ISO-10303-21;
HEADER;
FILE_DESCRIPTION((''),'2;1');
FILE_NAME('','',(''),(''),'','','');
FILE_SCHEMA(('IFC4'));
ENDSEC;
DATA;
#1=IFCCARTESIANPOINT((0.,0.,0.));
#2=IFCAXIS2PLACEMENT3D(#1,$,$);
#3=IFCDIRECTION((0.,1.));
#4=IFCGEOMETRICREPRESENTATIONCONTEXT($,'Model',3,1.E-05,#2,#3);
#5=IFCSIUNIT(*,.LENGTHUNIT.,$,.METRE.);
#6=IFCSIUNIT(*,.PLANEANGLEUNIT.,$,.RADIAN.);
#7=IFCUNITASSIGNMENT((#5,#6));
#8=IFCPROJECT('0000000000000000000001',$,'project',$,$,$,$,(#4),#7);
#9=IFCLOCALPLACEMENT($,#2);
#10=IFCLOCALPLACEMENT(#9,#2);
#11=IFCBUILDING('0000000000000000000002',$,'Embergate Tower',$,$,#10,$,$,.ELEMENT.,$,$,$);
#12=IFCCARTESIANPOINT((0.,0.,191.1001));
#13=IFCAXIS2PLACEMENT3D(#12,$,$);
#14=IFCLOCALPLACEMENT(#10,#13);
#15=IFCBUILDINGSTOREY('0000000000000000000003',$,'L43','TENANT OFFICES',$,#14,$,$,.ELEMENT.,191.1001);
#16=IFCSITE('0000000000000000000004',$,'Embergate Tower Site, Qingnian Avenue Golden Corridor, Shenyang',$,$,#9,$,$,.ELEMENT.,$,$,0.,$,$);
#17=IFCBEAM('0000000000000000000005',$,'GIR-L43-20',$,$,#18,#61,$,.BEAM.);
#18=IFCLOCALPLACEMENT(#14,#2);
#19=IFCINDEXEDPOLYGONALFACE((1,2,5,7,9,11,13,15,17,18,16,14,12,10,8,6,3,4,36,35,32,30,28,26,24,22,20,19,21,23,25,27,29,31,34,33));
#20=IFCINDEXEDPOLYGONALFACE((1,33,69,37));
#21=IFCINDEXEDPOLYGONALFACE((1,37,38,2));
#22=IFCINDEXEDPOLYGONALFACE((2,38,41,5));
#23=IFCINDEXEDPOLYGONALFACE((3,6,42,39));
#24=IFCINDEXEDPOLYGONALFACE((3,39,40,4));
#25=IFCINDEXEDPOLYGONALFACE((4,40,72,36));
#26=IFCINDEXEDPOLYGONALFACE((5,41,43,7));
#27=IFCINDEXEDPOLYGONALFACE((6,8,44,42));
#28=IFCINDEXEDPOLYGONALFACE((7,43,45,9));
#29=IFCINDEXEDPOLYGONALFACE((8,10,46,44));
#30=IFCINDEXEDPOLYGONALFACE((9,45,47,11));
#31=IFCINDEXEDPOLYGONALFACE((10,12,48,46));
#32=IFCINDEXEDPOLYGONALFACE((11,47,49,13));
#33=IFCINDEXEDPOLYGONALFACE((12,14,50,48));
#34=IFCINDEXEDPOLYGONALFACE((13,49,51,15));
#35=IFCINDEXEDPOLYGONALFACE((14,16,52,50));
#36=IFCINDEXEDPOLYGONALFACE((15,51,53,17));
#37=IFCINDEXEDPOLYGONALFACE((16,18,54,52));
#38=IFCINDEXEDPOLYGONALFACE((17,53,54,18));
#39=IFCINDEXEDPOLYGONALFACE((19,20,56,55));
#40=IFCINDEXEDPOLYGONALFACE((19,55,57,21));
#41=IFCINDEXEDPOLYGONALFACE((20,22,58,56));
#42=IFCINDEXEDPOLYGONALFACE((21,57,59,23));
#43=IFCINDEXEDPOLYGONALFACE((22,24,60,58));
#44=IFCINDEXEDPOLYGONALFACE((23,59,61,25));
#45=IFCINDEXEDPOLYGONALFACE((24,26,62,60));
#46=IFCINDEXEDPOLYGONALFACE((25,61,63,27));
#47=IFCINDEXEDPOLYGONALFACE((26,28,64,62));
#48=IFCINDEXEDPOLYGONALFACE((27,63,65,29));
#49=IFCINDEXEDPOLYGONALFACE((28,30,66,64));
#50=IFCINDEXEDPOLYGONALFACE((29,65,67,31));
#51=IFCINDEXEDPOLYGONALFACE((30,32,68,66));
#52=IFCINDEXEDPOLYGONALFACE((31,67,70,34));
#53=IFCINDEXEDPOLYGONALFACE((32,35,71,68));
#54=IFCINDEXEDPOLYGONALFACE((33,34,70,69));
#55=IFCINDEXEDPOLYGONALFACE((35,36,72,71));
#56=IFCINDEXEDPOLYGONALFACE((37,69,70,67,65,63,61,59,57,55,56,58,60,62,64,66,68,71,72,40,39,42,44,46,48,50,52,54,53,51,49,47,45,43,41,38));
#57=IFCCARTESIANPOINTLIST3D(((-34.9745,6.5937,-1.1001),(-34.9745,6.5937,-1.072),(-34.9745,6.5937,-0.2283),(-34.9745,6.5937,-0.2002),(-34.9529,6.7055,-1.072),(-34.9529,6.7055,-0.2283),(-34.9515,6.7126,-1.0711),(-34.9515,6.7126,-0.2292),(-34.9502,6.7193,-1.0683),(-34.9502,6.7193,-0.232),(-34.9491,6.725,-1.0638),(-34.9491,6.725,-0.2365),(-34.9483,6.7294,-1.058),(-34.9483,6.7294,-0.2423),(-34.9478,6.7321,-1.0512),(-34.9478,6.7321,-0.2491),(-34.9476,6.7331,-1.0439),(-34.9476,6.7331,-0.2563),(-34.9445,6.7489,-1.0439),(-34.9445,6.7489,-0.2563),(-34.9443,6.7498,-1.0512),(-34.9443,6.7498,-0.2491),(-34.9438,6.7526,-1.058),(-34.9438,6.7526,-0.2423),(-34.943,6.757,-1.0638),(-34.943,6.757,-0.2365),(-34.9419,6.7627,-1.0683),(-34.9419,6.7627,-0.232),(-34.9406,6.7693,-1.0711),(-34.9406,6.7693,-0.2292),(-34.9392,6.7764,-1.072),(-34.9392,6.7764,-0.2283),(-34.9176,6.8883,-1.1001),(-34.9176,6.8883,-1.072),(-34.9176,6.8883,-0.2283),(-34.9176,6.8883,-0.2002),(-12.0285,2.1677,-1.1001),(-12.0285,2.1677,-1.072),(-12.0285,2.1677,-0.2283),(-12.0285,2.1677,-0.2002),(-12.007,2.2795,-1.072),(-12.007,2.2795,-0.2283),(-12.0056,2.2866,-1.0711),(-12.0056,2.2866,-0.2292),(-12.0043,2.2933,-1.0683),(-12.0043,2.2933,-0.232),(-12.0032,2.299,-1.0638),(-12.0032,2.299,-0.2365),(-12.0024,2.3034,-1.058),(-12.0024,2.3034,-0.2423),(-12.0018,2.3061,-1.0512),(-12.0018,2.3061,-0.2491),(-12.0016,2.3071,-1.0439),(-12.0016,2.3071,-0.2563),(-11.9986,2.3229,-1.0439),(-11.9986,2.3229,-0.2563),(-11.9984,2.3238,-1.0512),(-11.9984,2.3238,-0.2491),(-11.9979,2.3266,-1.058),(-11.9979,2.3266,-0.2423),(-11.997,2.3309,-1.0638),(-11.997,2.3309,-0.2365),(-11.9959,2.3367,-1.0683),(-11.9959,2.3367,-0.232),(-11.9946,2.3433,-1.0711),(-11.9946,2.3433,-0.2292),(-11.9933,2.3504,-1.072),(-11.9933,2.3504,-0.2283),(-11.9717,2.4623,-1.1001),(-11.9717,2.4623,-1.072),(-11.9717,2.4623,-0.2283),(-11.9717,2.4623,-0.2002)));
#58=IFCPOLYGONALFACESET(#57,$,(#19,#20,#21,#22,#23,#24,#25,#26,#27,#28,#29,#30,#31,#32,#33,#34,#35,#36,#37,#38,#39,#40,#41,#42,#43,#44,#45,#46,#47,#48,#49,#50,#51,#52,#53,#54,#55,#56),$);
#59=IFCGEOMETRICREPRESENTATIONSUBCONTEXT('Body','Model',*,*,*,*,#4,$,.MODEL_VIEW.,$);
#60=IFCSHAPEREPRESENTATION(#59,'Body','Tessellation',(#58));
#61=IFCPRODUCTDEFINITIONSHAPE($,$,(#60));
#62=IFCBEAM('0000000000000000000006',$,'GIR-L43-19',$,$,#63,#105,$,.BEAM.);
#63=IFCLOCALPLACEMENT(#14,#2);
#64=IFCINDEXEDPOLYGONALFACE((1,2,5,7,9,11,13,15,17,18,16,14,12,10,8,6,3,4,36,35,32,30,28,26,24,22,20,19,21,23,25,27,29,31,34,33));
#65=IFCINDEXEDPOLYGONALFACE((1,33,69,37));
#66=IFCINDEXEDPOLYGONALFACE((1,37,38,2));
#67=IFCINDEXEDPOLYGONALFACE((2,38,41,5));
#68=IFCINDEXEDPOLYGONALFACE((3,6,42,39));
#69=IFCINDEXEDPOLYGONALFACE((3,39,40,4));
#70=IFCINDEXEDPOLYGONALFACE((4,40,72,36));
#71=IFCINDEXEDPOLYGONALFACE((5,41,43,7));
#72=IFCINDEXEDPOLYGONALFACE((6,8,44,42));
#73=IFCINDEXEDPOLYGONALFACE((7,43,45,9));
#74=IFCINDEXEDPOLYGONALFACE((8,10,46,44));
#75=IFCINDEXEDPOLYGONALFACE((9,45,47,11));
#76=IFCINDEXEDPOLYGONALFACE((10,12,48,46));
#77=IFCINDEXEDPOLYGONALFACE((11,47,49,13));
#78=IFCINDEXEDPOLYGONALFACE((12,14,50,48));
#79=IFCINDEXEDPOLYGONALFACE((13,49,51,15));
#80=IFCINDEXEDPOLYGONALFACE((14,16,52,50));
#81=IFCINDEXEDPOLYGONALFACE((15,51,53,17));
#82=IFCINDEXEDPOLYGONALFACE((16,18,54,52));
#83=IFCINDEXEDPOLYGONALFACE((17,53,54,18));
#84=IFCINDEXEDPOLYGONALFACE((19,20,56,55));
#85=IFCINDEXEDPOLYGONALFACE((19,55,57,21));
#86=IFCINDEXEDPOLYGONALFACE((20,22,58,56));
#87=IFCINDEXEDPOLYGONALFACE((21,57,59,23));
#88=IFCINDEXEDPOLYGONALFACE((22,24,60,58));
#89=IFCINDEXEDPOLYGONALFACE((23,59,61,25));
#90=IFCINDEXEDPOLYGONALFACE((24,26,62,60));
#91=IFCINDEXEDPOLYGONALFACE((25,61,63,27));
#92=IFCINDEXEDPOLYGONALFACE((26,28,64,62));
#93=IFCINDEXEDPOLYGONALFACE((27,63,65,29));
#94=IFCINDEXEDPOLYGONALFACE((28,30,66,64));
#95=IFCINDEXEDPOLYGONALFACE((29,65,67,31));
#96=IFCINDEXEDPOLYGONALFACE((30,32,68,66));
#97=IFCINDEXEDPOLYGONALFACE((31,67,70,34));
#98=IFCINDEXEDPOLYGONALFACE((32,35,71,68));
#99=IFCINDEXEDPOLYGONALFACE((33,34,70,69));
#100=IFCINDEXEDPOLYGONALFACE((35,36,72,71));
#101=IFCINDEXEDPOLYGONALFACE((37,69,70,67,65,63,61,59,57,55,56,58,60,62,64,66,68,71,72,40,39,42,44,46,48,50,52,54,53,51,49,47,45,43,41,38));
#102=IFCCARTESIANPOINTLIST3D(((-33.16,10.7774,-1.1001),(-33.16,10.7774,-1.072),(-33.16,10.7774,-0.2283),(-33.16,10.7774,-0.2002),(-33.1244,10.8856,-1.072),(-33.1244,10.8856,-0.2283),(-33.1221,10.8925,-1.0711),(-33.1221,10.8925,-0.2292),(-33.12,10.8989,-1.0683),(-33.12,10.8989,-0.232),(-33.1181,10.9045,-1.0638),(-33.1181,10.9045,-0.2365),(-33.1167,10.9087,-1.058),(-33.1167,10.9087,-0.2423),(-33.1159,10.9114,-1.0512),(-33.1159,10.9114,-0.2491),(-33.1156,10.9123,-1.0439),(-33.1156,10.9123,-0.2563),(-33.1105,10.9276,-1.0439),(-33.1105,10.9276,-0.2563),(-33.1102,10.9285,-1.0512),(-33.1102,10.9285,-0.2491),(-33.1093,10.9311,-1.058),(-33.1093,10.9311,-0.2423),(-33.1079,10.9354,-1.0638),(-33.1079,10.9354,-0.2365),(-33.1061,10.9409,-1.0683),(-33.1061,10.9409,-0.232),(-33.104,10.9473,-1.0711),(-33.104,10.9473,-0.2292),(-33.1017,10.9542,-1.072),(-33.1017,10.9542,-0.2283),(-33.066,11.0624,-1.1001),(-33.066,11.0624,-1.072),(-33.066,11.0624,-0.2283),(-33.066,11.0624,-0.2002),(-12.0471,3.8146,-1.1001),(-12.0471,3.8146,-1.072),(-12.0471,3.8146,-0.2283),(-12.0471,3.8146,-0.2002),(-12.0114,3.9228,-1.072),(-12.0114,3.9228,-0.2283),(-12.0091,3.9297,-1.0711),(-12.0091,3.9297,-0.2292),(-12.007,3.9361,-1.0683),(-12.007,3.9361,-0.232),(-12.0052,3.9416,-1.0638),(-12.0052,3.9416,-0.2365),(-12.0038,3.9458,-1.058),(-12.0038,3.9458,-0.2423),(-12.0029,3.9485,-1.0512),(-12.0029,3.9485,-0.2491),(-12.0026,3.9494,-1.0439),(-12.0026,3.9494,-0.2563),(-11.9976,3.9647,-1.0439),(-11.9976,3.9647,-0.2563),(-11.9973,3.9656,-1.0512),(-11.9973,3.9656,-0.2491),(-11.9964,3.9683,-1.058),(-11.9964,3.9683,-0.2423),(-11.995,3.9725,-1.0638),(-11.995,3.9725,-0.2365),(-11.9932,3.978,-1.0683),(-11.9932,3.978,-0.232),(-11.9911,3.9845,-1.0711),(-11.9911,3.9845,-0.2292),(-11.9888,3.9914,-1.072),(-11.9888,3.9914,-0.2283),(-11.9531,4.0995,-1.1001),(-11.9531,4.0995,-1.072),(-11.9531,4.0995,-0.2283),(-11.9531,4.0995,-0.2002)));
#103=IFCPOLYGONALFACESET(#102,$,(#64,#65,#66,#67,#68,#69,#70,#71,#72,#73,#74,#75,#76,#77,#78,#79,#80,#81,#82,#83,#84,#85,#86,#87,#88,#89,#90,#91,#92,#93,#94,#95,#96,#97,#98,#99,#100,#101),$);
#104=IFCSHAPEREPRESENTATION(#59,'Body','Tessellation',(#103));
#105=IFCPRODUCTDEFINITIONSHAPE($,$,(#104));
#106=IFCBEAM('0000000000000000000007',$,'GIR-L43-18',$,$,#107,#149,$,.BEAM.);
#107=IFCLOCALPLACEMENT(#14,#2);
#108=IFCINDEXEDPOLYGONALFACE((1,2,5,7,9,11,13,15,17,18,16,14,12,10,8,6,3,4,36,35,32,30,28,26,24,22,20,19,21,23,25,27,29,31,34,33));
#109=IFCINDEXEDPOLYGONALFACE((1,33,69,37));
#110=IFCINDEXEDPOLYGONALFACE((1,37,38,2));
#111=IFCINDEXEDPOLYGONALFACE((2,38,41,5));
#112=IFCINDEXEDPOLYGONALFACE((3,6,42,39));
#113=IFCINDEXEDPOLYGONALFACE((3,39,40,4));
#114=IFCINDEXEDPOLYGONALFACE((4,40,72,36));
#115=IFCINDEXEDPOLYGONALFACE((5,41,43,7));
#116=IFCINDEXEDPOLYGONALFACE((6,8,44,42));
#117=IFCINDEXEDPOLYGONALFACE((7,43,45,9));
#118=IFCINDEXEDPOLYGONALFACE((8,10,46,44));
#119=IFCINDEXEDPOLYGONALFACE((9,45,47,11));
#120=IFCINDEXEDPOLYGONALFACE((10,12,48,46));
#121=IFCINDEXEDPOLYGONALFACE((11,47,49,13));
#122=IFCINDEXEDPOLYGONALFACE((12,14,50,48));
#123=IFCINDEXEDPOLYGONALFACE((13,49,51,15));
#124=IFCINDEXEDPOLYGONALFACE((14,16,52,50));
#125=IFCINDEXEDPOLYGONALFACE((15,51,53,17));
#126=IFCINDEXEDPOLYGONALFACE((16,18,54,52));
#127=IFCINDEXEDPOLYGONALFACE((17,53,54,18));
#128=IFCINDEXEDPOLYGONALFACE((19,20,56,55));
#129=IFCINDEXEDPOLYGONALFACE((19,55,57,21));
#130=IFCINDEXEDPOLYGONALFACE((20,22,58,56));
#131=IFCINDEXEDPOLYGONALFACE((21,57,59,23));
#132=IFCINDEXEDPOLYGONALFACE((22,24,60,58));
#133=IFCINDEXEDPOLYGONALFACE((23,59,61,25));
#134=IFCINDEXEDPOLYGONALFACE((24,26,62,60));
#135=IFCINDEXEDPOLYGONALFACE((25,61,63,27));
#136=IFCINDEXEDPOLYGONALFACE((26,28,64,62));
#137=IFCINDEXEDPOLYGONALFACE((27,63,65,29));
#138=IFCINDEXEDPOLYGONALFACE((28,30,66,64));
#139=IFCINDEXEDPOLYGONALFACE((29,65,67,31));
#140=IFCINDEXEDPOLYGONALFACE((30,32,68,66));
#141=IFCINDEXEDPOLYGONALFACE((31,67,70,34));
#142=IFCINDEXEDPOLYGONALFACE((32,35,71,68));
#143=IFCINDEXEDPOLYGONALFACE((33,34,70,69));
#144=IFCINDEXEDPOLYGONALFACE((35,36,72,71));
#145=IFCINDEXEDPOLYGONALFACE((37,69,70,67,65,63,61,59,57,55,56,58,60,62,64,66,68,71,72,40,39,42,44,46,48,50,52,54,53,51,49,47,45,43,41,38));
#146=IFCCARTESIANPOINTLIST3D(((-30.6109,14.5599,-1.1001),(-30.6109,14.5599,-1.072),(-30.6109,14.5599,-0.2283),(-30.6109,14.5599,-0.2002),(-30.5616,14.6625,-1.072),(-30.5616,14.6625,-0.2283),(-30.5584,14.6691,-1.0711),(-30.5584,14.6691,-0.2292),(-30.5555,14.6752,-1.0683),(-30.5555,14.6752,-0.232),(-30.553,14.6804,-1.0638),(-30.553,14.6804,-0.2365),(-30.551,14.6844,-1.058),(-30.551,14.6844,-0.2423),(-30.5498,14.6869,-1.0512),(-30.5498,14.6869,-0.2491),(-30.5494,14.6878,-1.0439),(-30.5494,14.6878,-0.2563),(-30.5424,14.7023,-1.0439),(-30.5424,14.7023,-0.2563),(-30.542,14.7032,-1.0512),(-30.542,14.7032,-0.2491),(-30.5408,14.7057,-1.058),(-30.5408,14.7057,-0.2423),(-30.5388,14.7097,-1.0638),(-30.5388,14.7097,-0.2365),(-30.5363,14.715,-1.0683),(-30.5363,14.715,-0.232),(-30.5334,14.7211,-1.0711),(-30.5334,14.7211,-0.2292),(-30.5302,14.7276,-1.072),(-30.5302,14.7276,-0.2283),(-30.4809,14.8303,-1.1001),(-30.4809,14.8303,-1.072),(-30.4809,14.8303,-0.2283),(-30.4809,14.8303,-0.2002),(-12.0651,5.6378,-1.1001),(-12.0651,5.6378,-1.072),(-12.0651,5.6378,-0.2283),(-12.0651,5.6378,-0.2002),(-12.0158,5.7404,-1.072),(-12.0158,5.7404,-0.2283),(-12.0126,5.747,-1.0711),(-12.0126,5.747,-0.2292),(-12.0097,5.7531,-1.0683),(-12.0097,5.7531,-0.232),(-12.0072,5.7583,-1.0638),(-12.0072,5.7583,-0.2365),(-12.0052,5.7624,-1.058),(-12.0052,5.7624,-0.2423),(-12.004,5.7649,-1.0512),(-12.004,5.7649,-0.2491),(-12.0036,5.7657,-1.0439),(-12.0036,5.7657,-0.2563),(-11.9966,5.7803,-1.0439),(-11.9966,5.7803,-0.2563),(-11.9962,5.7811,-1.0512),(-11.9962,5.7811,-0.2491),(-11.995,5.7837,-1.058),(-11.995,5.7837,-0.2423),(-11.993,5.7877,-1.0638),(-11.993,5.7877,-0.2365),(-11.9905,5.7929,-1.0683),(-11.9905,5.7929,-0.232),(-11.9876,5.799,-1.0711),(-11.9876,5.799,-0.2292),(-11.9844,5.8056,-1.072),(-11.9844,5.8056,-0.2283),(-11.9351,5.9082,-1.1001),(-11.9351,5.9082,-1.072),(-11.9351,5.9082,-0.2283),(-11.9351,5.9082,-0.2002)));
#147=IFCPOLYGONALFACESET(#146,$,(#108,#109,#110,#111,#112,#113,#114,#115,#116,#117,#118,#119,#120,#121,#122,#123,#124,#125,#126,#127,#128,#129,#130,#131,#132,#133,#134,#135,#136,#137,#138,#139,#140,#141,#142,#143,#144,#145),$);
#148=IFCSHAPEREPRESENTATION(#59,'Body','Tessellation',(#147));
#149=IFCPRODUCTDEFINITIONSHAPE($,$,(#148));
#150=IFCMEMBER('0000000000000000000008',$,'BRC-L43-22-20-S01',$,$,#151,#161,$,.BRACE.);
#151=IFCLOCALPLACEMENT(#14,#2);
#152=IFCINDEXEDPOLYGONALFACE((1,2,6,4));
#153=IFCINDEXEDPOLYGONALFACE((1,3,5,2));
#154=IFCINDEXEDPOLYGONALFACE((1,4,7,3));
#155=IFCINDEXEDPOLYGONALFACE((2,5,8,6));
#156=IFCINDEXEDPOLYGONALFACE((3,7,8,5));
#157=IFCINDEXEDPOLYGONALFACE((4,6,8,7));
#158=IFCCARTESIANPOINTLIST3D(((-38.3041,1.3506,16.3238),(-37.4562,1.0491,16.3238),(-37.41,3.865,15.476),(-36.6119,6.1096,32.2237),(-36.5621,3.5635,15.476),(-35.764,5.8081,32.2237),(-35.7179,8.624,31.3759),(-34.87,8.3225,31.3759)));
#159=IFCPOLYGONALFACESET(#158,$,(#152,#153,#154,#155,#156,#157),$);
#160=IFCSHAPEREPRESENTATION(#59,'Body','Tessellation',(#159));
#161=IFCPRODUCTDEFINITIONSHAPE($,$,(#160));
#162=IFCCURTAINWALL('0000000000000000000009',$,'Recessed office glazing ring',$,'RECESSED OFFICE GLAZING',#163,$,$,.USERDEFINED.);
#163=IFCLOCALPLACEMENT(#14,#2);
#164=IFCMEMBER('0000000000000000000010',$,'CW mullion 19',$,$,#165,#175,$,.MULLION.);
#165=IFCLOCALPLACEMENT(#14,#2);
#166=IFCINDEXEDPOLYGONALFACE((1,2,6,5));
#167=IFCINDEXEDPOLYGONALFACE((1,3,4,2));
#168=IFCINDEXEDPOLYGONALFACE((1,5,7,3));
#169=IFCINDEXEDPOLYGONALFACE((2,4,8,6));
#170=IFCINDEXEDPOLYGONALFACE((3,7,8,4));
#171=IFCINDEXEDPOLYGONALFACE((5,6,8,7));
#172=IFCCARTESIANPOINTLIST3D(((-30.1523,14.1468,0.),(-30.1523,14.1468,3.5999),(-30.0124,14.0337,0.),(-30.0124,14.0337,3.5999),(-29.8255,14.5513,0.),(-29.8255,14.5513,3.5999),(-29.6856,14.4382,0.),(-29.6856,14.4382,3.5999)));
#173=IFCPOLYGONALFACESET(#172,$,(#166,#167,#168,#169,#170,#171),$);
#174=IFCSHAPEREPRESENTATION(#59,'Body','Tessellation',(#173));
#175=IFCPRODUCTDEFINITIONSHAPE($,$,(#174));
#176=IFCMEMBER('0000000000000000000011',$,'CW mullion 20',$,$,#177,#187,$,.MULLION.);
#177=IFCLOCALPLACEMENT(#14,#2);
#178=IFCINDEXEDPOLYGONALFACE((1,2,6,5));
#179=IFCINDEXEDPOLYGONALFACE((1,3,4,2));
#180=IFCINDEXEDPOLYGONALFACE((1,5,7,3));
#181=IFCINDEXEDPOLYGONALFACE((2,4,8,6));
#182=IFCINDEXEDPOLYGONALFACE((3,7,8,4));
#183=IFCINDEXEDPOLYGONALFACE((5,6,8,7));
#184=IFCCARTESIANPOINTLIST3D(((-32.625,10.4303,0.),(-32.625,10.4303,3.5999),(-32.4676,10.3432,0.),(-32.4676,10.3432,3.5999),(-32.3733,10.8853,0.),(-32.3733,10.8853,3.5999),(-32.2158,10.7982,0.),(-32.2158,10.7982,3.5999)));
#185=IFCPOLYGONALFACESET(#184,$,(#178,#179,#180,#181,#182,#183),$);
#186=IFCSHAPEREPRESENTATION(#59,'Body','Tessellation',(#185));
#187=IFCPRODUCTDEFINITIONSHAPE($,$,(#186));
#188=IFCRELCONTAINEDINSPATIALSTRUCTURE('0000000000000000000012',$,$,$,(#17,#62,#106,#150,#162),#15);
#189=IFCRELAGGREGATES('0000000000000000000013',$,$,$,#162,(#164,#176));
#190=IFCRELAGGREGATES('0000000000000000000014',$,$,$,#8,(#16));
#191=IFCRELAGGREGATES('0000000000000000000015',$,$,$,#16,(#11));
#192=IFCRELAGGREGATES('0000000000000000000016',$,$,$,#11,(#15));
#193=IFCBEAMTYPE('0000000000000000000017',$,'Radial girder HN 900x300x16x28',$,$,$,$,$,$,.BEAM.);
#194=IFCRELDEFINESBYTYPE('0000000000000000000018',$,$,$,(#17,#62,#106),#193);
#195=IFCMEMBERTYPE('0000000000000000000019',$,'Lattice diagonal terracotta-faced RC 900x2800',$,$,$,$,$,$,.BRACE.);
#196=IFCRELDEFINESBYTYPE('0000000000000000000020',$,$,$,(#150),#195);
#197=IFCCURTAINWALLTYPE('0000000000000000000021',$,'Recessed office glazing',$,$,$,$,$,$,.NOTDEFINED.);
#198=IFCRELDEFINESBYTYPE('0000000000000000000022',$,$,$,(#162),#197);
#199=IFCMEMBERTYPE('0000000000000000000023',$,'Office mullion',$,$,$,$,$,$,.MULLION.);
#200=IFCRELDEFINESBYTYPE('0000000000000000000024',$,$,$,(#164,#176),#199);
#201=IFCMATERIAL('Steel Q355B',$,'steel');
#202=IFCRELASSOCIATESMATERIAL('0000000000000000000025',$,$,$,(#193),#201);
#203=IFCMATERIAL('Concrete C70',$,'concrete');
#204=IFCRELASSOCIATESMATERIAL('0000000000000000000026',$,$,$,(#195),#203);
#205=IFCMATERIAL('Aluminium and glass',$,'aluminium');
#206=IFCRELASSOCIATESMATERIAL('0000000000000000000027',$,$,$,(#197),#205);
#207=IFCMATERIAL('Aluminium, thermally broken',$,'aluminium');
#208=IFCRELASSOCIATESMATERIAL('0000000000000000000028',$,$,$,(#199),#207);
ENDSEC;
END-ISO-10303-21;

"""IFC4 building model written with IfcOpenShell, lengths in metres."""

from ifc_helpers import new_model, si_unit, direction, frame, origin, origin_2d, place, context, subcontext, project, spatial, rectangle, i_section, extrude, source, transform, mapped, material, material_profile, profile_set, type_object, element, aggregate, save


model = new_model("IFC4")

# Units and contexts
model_context = context("Model", 3, precision=1e-05, world=origin(), true_north=direction((0.0, 1.0)))
body_context = subcontext(model_context, "Body", "Model", "MODEL_VIEW")
ifc_project = project(units=[si_unit("LENGTHUNIT", "METRE"), si_unit("PLANEANGLEUNIT", "RADIAN")], contexts=[model_context])

# Site, building, storey
site_placement = place(None, origin())
site = spatial("IfcSite", under=ifc_project, at=site_placement, Name="Embergate Tower Site, Qingnian Avenue Golden Corridor, Shenyang", CompositionType="ELEMENT", RefElevation=0.0)
building_placement = place(site_placement, origin())
building = spatial("IfcBuilding", under=site, at=building_placement, Name="Embergate Tower", CompositionType="ELEMENT")
storey_placement = place(building_placement, frame((0.0, 0.0, 191.1001)))
storey = spatial("IfcBuildingStorey", under=building, at=storey_placement, Name="L43", Description="TENANT OFFICES", CompositionType="ELEMENT", Elevation=191.1001)

# Shared definitions
ifc_material_1 = material(Name="Concrete C70", Category="concrete")

# Beams
ifc_material_2 = material(Name="Steel Q355B", Category="steel")
ifc_material_profile_1 = material_profile(ifc_material_2, i_section(OverallWidth=0.3, OverallDepth=0.8999, WebThickness=0.0161, FlangeThickness=0.0281, FilletRadius=0.0281, at=origin_2d()), Name="HN 900x300x16x28")
ifc_profile_set_1 = profile_set([ifc_material_profile_1], Name="Steel Q355 grade B")
beam_type_1 = type_object("IfcBeamType", Name="Radial girder HN 900x300x16x28", PredefinedType="BEAM", material=ifc_profile_set_1)
shared_shape_1 = source(origin(), body_context, "Body", "SweptSolid", [
    extrude(i_section(OverallWidth=0.3, OverallDepth=0.8999, WebThickness=0.0161, FlangeThickness=0.0281, FilletRadius=0.0281, at=origin_2d()), origin(), (0.0, 0.0, 1.0), 23.3689),
])
beam_1_placement = place(storey_placement, frame((-34.946, 6.741, -0.6501), z_axis=(0.981901, -0.189397, 0.0), x_axis=(0.189397, 0.981901, 0.0)))
element("IfcBeam", 1, at=beam_1_placement, inside=storey, type_object=beam_type_1, Name="GIR-L43-20", PredefinedType="BEAM", context=body_context, shape_type="MappedRepresentation", body=[
    mapped(shared_shape_1, transform((0.0, 0.0, 0.0))),
])
shared_shape_2 = source(origin(), body_context, "Body", "SweptSolid", [
    extrude(i_section(OverallWidth=0.3, OverallDepth=0.8999, WebThickness=0.0161, FlangeThickness=0.0281, FilletRadius=0.0281, at=origin_2d()), origin(), (0.0, 0.0, 1.0), 22.2314),
])
beam_2_placement = place(storey_placement, frame((-33.113, 10.9199, -0.6501), z_axis=(0.949688, -0.313198, 0.0), x_axis=(0.313198, 0.949688, 0.0)))
element("IfcBeam", 2, at=beam_2_placement, inside=storey, type_object=beam_type_1, Name="GIR-L43-19", PredefinedType="BEAM", context=body_context, shape_type="MappedRepresentation", body=[
    mapped(shared_shape_2, transform((0.0, 0.0, 0.0))),
])
shared_shape_3 = source(origin(), body_context, "Body", "SweptSolid", [
    extrude(i_section(OverallWidth=0.3, OverallDepth=0.8999, WebThickness=0.0161, FlangeThickness=0.0281, FilletRadius=0.0281, at=origin_2d()), origin(), (0.0, 0.0, 1.0), 20.5803),
])
beam_3_placement = place(storey_placement, frame((-30.5459, 14.6951, -0.6501), z_axis=(0.901142, -0.433524, 0.0), x_axis=(0.433524, 0.901142, 0.0)))
element("IfcBeam", 3, at=beam_3_placement, inside=storey, type_object=beam_type_1, Name="GIR-L43-18", PredefinedType="BEAM", context=body_context, shape_type="MappedRepresentation", body=[
    mapped(shared_shape_3, transform((0.0, 0.0, 0.0))),
])

# Member
ifc_material_profile_2 = material_profile(ifc_material_1, rectangle(XDim=0.8999, YDim=2.8, at=origin_2d()), Name="RC 900x2800")
ifc_profile_set_2 = profile_set([ifc_material_profile_2], Name="Concrete C70")
member_type_1 = type_object("IfcMemberType", Name="Lattice diagonal terracotta-faced RC 900x2800", PredefinedType="BRACE", material=ifc_profile_set_2)
shared_shape_4 = source(origin(), body_context, "Body", "SweptSolid", [
    extrude(rectangle(XDim=0.8999, YDim=2.8, at=origin_2d()), origin(), (0.0, 0.0, 1.0), 16.6829),
])
member_1_placement = place(storey_placement, frame((-37.4331, 2.457, 15.8999), z_axis=(0.10143, 0.285264, 0.953067), x_axis=(-0.942212, 0.335016, 0.0)))
element("IfcMember", 4, at=member_1_placement, inside=storey, type_object=member_type_1, Name="BRC-L43-22-20-S01", PredefinedType="BRACE", context=body_context, shape_type="MappedRepresentation", body=[
    mapped(shared_shape_4, transform((0.0, 0.0, 0.0))),
])

# Curtain wall, members
ifc_material_3 = material(Name="Aluminium and glass", Category="aluminium")
curtain_wall_type = type_object("IfcCurtainWallType", Name="Recessed office glazing", PredefinedType="NOTDEFINED", material=ifc_material_3)
curtain_wall_placement = place(storey_placement, origin())
curtain_wall = element("IfcCurtainWall", 5, at=curtain_wall_placement, inside=storey, type_object=curtain_wall_type, Name="Recessed office glazing ring", ObjectType="RECESSED OFFICE GLAZING", PredefinedType="USERDEFINED")
ifc_material_4 = material(Name="Aluminium, thermally broken", Category="aluminium")
ifc_material_profile_3 = material_profile(ifc_material_4, rectangle(XDim=0.1799, YDim=0.52, at=origin_2d()), Name="AL 520x180")
ifc_profile_set_3 = profile_set([ifc_material_profile_3], Name="Aluminium, thermally broken")
member_type_2 = type_object("IfcMemberType", Name="Office mullion", PredefinedType="MULLION", material=ifc_profile_set_3)
shared_shape_5 = source(origin(), body_context, "Body", "SweptSolid", [
    extrude(rectangle(XDim=0.1799, YDim=0.52, at=origin_2d()), origin(), (0.0, 0.0, 1.0), 3.5999),
])
member_2_placement = place(storey_placement, frame((-29.9189, 14.2925, 0.0), z_axis=(0.0, 0.0, 1.0), x_axis=(0.777869, -0.628426, 0.0)))
member_2 = element("IfcMember", 6, at=member_2_placement, type_object=member_type_2, Name="CW mullion 19", PredefinedType="MULLION", context=body_context, shape_type="MappedRepresentation", body=[
    mapped(shared_shape_5, transform((0.0, 0.0, 0.0))),
])
member_3_placement = place(storey_placement, frame((-32.4204, 10.6143, 0.0), z_axis=(0.0, 0.0, 1.0), x_axis=(0.874999, -0.484124, 0.0)))
member_3 = element("IfcMember", 7, at=member_3_placement, type_object=member_type_2, Name="CW mullion 20", PredefinedType="MULLION", context=body_context, shape_type="MappedRepresentation", body=[
    mapped(shared_shape_5, transform((0.0, 0.0, 0.0))),
])
aggregate(curtain_wall, [member_2, member_3])

save(model, "model.ifc")
